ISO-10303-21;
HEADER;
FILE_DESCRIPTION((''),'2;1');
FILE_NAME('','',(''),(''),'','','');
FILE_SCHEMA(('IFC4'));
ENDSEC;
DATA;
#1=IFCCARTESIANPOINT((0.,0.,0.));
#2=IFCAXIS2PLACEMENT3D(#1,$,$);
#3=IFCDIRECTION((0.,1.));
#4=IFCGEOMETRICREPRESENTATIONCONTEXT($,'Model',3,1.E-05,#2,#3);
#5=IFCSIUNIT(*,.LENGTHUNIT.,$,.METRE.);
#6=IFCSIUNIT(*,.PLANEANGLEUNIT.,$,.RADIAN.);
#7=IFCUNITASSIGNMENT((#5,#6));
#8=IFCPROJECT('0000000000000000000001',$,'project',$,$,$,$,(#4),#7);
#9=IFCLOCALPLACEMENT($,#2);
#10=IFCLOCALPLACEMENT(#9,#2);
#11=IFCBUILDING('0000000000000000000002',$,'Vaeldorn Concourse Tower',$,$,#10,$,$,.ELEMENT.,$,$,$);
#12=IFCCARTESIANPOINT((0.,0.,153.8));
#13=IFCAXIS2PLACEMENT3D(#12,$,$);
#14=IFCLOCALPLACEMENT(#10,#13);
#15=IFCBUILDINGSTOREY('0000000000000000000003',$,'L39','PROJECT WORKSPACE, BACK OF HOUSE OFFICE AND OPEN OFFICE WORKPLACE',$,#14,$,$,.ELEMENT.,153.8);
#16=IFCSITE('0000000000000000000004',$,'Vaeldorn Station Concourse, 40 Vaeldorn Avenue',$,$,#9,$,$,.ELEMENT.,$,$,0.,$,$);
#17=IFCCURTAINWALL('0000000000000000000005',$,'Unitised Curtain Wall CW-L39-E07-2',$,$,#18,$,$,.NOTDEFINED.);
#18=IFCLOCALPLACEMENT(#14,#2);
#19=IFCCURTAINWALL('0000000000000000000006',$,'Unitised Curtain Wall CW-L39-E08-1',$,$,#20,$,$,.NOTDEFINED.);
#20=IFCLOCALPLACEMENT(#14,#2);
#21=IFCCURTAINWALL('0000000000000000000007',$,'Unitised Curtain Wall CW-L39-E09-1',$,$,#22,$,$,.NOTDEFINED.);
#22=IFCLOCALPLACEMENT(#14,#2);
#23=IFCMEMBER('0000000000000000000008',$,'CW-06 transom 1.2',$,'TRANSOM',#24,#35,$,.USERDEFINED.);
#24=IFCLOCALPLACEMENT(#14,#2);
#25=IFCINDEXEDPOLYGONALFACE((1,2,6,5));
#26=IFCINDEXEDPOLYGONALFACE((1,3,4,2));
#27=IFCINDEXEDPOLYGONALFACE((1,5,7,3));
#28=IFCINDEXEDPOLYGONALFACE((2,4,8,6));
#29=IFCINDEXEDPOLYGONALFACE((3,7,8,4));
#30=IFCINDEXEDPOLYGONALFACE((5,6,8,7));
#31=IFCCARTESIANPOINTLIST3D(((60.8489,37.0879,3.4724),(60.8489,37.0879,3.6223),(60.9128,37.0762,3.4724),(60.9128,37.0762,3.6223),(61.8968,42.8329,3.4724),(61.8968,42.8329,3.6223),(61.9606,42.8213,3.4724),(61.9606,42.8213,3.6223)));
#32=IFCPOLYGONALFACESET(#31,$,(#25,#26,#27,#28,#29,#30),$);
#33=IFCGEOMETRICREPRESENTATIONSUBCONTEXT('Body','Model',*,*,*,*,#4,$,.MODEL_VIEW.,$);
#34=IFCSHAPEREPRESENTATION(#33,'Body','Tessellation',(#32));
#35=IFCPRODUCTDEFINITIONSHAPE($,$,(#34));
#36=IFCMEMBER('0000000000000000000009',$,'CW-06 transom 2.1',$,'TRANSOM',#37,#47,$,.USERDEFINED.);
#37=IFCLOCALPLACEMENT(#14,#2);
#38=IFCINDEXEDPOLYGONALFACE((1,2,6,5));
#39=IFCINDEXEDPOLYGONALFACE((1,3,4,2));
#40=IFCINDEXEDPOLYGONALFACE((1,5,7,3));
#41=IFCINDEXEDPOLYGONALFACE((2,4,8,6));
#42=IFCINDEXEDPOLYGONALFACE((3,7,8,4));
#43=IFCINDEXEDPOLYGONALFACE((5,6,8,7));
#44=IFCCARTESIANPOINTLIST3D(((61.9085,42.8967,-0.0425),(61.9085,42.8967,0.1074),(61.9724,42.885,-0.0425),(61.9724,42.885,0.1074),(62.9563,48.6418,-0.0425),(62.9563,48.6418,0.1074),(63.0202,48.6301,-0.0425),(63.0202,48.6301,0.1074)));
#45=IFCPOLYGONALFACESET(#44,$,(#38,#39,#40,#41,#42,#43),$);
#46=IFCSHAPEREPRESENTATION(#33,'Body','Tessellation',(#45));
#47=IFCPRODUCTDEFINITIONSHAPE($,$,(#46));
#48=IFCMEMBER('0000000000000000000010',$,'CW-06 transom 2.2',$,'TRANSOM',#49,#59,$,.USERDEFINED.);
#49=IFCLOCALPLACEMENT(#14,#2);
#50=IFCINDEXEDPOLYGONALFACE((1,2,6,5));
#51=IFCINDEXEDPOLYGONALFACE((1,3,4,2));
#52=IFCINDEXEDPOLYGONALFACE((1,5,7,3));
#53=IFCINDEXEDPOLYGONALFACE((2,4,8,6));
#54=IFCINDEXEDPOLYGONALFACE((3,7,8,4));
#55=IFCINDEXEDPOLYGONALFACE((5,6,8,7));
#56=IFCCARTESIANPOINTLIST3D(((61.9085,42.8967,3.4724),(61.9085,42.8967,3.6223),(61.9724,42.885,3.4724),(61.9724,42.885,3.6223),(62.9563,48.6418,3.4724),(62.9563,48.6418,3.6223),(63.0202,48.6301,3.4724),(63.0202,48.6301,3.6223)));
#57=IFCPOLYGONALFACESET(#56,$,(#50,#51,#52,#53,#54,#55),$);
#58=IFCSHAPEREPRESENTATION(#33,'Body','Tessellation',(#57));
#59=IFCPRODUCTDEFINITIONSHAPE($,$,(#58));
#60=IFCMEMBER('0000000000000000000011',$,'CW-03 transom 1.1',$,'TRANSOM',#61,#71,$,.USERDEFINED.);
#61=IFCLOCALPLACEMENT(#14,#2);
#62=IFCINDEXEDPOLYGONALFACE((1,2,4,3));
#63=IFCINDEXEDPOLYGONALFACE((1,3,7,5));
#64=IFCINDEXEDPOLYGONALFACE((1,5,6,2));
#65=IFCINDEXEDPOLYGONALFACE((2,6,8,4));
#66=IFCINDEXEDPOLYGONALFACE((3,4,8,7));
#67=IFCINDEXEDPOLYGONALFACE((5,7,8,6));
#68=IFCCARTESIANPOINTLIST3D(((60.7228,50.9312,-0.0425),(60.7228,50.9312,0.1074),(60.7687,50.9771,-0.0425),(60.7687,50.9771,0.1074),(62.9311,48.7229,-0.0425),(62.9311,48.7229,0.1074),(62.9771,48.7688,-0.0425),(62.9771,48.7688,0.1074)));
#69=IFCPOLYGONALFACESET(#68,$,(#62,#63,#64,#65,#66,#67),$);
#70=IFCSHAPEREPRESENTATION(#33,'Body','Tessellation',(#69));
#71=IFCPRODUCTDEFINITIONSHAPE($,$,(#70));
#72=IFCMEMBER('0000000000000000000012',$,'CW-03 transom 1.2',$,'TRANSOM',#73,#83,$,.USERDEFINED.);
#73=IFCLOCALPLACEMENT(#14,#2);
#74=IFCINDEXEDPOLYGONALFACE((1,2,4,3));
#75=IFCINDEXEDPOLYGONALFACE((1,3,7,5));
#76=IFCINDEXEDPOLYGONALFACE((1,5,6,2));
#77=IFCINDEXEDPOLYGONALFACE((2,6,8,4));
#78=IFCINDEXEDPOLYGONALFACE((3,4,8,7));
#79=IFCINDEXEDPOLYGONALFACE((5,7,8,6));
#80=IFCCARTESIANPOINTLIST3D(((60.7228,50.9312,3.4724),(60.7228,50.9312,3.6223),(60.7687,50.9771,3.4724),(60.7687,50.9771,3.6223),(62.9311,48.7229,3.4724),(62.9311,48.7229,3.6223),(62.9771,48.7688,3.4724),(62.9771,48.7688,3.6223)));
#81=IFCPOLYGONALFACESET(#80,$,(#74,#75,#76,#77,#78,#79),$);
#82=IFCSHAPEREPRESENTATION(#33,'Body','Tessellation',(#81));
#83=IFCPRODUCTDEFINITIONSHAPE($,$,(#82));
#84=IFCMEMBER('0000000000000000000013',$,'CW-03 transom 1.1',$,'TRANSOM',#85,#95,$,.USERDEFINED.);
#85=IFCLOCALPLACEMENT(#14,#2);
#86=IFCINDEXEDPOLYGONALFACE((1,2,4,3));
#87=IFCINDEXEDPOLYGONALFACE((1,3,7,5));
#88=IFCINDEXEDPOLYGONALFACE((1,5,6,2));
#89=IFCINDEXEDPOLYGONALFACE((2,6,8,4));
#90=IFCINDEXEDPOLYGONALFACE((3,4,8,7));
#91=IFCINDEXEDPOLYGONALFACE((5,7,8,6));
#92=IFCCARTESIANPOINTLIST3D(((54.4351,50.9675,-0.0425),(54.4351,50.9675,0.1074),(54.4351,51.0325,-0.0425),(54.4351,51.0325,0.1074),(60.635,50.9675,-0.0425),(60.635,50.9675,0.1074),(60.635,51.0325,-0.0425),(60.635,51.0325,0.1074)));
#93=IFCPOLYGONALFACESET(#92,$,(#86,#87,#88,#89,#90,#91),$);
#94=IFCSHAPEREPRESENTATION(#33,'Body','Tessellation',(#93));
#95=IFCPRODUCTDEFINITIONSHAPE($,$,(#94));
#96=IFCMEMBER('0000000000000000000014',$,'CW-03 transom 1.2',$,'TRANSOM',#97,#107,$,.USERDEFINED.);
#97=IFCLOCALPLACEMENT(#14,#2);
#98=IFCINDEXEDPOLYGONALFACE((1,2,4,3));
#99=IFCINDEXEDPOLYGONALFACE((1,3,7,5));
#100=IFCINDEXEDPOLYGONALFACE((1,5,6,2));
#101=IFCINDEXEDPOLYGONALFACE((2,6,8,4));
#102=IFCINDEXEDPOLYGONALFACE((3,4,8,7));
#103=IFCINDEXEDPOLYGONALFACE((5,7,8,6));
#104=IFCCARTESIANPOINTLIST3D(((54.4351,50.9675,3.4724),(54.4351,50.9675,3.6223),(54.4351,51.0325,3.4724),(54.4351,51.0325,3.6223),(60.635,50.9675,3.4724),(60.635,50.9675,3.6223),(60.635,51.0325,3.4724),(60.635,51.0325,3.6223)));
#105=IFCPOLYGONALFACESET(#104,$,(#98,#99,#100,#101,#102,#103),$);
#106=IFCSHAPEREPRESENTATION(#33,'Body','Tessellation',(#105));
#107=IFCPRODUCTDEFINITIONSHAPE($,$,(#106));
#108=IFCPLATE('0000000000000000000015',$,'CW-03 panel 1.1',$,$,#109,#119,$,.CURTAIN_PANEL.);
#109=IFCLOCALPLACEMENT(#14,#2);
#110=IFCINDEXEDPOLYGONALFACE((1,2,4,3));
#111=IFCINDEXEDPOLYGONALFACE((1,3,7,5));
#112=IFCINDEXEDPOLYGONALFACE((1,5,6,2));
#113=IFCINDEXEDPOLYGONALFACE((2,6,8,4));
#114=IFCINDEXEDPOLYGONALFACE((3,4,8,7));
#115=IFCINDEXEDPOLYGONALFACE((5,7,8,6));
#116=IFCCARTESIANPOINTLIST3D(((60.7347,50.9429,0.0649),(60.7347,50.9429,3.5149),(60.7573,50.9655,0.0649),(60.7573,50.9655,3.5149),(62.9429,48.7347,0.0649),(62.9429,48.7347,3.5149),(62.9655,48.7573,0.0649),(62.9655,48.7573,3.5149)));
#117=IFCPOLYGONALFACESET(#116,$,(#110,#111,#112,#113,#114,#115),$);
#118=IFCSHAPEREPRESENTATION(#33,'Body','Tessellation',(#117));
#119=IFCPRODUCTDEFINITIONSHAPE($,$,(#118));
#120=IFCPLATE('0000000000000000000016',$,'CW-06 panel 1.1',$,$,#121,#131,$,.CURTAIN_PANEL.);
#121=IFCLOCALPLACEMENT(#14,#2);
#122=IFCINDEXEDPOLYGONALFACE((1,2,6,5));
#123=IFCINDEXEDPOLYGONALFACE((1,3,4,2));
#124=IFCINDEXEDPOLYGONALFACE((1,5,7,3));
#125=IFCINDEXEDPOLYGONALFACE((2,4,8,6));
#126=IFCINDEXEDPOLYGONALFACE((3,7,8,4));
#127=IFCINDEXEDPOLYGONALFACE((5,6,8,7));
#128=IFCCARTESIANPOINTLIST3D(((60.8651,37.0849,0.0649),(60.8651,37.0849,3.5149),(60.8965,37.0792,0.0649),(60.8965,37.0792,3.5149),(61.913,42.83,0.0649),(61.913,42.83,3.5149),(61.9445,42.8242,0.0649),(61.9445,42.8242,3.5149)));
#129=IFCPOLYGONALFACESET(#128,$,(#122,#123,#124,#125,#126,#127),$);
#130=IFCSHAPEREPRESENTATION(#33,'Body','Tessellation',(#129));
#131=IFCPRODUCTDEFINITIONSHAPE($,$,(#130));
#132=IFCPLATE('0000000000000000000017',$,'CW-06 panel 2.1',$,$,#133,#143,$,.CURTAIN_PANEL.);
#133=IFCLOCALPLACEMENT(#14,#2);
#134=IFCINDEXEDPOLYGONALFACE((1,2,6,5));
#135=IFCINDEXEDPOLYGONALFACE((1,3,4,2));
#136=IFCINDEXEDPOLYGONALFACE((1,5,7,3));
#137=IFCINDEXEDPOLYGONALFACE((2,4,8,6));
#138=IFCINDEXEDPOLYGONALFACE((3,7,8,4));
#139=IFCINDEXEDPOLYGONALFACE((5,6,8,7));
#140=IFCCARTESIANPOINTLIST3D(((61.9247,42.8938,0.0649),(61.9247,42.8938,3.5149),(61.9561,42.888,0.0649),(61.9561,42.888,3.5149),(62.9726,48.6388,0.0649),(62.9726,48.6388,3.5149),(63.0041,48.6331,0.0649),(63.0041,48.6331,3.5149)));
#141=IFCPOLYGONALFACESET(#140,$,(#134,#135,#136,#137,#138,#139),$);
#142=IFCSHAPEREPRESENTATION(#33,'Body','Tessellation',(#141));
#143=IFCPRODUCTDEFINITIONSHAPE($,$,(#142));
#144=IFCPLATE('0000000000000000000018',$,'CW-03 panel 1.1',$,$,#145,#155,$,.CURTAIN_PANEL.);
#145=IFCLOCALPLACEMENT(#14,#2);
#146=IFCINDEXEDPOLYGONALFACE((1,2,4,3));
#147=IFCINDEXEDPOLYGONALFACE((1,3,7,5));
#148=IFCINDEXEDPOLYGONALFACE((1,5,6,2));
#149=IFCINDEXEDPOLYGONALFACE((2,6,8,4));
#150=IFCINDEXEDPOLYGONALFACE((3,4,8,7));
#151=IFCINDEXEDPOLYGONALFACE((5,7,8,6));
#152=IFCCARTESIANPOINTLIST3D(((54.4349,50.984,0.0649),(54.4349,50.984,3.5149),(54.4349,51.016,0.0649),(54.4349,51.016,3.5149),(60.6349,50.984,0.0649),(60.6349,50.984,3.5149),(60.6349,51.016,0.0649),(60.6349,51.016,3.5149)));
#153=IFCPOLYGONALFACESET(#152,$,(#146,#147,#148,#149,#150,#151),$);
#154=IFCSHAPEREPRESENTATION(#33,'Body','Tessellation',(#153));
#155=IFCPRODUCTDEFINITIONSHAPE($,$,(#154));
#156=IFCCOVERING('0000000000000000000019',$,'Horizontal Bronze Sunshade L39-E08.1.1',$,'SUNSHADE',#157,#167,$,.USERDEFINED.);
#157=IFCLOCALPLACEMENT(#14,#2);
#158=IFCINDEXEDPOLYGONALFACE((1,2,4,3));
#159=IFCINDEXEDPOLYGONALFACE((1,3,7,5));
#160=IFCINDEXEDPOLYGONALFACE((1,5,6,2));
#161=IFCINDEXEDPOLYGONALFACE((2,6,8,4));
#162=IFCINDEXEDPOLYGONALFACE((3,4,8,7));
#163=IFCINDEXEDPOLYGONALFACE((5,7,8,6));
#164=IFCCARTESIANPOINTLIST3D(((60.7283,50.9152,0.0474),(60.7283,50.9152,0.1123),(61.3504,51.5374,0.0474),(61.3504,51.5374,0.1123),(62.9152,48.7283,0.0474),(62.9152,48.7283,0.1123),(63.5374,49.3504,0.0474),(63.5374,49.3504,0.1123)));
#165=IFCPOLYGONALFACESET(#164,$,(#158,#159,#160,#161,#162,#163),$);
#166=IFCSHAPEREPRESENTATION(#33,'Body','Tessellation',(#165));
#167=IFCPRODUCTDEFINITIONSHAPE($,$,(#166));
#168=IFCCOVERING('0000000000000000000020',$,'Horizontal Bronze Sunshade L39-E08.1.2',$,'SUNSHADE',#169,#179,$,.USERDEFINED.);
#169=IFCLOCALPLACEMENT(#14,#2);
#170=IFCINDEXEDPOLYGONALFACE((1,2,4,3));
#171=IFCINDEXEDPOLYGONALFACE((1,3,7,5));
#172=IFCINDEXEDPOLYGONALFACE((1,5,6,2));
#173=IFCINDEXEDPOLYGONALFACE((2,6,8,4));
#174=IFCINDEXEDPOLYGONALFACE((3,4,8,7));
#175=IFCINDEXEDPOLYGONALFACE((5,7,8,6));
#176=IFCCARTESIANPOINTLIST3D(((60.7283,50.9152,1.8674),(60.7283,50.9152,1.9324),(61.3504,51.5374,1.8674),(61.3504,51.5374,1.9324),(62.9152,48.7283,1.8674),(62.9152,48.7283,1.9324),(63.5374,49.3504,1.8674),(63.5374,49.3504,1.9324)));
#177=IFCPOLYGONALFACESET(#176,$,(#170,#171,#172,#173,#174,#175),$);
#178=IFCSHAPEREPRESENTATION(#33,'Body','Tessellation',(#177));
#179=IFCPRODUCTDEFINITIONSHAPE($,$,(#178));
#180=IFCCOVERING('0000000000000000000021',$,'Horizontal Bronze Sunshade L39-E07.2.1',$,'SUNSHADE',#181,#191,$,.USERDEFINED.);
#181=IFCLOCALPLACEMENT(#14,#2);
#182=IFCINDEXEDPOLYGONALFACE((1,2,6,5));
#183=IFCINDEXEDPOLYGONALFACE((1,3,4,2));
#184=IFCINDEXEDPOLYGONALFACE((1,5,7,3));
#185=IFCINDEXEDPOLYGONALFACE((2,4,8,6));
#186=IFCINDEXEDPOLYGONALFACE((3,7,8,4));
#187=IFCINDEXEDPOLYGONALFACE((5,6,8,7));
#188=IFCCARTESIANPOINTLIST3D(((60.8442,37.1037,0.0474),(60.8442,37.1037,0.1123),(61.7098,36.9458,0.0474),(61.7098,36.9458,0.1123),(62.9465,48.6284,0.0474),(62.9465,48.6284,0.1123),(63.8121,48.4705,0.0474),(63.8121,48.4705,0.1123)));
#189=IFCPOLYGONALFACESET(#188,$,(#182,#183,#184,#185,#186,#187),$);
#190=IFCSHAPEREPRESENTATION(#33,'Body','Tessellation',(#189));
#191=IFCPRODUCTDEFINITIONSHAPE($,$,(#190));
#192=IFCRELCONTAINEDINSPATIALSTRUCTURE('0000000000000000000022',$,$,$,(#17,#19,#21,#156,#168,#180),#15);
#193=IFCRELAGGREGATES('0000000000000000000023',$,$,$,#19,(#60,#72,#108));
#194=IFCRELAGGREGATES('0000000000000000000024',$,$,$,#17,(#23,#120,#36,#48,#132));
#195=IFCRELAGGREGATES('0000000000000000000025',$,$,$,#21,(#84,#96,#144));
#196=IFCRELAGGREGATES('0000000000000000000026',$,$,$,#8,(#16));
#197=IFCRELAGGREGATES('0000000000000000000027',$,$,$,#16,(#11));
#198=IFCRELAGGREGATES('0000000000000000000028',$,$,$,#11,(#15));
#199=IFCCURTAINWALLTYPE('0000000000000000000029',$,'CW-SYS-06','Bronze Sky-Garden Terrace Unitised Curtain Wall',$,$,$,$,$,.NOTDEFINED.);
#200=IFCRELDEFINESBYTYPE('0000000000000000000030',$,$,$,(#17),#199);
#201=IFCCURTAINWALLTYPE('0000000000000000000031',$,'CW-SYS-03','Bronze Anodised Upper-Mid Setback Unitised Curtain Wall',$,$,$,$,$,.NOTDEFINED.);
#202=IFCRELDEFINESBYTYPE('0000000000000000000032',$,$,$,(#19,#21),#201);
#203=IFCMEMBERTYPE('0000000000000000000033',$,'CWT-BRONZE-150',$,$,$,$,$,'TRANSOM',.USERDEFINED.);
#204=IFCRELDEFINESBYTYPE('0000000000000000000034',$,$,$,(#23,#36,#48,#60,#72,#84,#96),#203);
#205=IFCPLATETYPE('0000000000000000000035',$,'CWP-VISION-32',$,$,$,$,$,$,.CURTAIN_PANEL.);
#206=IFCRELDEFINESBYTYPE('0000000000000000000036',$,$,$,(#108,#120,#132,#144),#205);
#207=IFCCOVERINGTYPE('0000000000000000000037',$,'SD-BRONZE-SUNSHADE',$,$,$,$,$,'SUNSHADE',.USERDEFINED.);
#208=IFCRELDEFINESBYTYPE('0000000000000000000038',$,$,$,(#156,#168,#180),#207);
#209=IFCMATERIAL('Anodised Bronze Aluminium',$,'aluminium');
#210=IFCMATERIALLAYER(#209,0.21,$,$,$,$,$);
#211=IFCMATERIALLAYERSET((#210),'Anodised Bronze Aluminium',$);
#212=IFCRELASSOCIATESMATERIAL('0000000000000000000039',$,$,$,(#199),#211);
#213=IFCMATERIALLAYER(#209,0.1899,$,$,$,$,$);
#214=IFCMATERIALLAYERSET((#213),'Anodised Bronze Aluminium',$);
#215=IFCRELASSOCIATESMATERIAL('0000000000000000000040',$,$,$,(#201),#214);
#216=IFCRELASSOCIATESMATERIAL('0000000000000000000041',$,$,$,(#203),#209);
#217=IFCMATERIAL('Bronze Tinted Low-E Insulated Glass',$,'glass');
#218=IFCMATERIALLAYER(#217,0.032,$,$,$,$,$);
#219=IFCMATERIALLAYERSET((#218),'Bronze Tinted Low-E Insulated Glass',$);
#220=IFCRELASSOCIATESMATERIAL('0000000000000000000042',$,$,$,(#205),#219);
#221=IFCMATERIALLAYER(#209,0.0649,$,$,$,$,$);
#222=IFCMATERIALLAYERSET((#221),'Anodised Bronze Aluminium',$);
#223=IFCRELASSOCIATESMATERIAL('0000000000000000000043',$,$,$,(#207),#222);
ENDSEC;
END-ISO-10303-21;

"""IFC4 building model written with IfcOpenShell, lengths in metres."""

from ifc_helpers import new_model, si_unit, direction, frame, origin, origin_2d, place, context, subcontext, project, spatial, rectangle, extrude, source, transform, mapped, material, layer, layer_set, material_profile, profile_set, type_object, element, aggregate, save


model = new_model("IFC4")

# Units and contexts
model_context = context("Model", 3, precision=1e-05, world=origin(), true_north=direction((0.0, 1.0)))
body_context = subcontext(model_context, "Body", "Model", "MODEL_VIEW")
ifc_project = project(units=[si_unit("LENGTHUNIT", "METRE"), si_unit("PLANEANGLEUNIT", "RADIAN")], contexts=[model_context])

# Site, building, storey
site_placement = place(None, origin())
site = spatial("IfcSite", under=ifc_project, at=site_placement, Name="Vaeldorn Station Concourse, 40 Vaeldorn Avenue", CompositionType="ELEMENT", RefElevation=0.0)
building_placement = place(site_placement, origin())
building = spatial("IfcBuilding", under=site, at=building_placement, Name="Vaeldorn Concourse Tower", CompositionType="ELEMENT")
storey_placement = place(building_placement, frame((0.0, 0.0, 153.8)))
storey = spatial("IfcBuildingStorey", under=building, at=storey_placement, Name="L39", Description="PROJECT WORKSPACE, BACK OF HOUSE OFFICE AND OPEN OFFICE WORKPLACE", CompositionType="ELEMENT", Elevation=153.8)

# Curtain walls
ifc_material_1 = material(Name="Anodised Bronze Aluminium", Category="aluminium")
ifc_layer_1 = layer(ifc_material_1, 0.21)
ifc_layer_set_1 = layer_set([ifc_layer_1], Name="Anodised Bronze Aluminium")
curtain_wall_type_1 = type_object("IfcCurtainWallType", Name="CW-SYS-06", Description="Bronze Sky-Garden Terrace Unitised Curtain Wall", PredefinedType="NOTDEFINED", material=ifc_layer_set_1)
curtain_wall_1_placement = place(storey_placement, origin())
curtain_wall_1 = element("IfcCurtainWall", 1, at=curtain_wall_1_placement, inside=storey, type_object=curtain_wall_type_1, Name="Unitised Curtain Wall CW-L39-E07-2", PredefinedType="NOTDEFINED")
ifc_layer_2 = layer(ifc_material_1, 0.1899)
ifc_layer_set_2 = layer_set([ifc_layer_2], Name="Anodised Bronze Aluminium")
curtain_wall_type_2 = type_object("IfcCurtainWallType", Name="CW-SYS-03", Description="Bronze Anodised Upper-Mid Setback Unitised Curtain Wall", PredefinedType="NOTDEFINED", material=ifc_layer_set_2)
curtain_wall_2_placement = place(storey_placement, origin())
curtain_wall_2 = element("IfcCurtainWall", 2, at=curtain_wall_2_placement, inside=storey, type_object=curtain_wall_type_2, Name="Unitised Curtain Wall CW-L39-E08-1", PredefinedType="NOTDEFINED")

# Curtain wall
curtain_wall_3_placement = place(storey_placement, origin())
curtain_wall_3 = element("IfcCurtainWall", 3, at=curtain_wall_3_placement, inside=storey, type_object=curtain_wall_type_2, Name="Unitised Curtain Wall CW-L39-E09-1", PredefinedType="NOTDEFINED")

# Members
ifc_material_profile_1 = material_profile(ifc_material_1, rectangle(XDim=0.0649, YDim=0.1499, at=origin_2d()), Name="CWT 65x150")
ifc_profile_set_1 = profile_set([ifc_material_profile_1], Name="Anodised Bronze Aluminium")
member_type_1 = type_object("IfcMemberType", Name="CWT-BRONZE-150", ElementType="TRANSOM", PredefinedType="USERDEFINED", material=ifc_profile_set_1)
shared_shape_1 = source(origin(), body_context, "Body", "SweptSolid", [
    extrude(rectangle(XDim=0.0649, YDim=0.1499, at=origin_2d()), origin(), (0.0, 0.0, 1.0), 5.8398),
])
member_1_placement = place(storey_placement, frame((60.8809, 37.082, 3.5474), z_axis=(0.17943, 0.983771, 0.0), x_axis=(-0.983771, 0.17943, 0.0)))
member_1 = element("IfcMember", 4, at=member_1_placement, type_object=member_type_1, Name="CW-06 transom 1.2", ObjectType="TRANSOM", PredefinedType="USERDEFINED", context=body_context, shape_type="MappedRepresentation", body=[
    mapped(shared_shape_1, transform((0.0, 0.0, 0.0), scale=1.0)),
])
member_2_placement = place(storey_placement, frame((61.9404, 42.8909, 0.0325), z_axis=(0.17943, 0.983771, 0.0), x_axis=(-0.983771, 0.17943, 0.0)))
member_2 = element("IfcMember", 5, at=member_2_placement, type_object=member_type_1, Name="CW-06 transom 2.1", ObjectType="TRANSOM", PredefinedType="USERDEFINED", context=body_context, shape_type="MappedRepresentation", body=[
    mapped(shared_shape_1, transform((0.0, 0.0, 0.0), scale=1.0)),
])
member_3_placement = place(storey_placement, frame((61.9404, 42.8909, 3.5474), z_axis=(0.17943, 0.983771, 0.0), x_axis=(-0.983771, 0.17943, 0.0)))
member_3 = element("IfcMember", 6, at=member_3_placement, type_object=member_type_1, Name="CW-06 transom 2.2", ObjectType="TRANSOM", PredefinedType="USERDEFINED", context=body_context, shape_type="MappedRepresentation", body=[
    mapped(shared_shape_1, transform((0.0, 0.0, 0.0), scale=1.0)),
])
shared_shape_2 = source(origin(), body_context, "Body", "SweptSolid", [
    extrude(rectangle(XDim=0.0649, YDim=0.1499, at=origin_2d()), origin(), (0.0, 0.0, 1.0), 3.123),
])
member_4_placement = place(storey_placement, frame((62.9541, 48.7458, 0.0325), z_axis=(-0.707107, 0.707107, 0.0), x_axis=(-0.707107, -0.707107, 0.0)))
member_4 = element("IfcMember", 7, at=member_4_placement, type_object=member_type_1, Name="CW-03 transom 1.1", ObjectType="TRANSOM", PredefinedType="USERDEFINED", context=body_context, shape_type="MappedRepresentation", body=[
    mapped(shared_shape_2, transform((0.0, 0.0, 0.0), scale=1.0)),
])
member_5_placement = place(storey_placement, frame((62.9541, 48.7458, 3.5474), z_axis=(-0.707107, 0.707107, 0.0), x_axis=(-0.707107, -0.707107, 0.0)))
member_5 = element("IfcMember", 8, at=member_5_placement, type_object=member_type_1, Name="CW-03 transom 1.2", ObjectType="TRANSOM", PredefinedType="USERDEFINED", context=body_context, shape_type="MappedRepresentation", body=[
    mapped(shared_shape_2, transform((0.0, 0.0, 0.0), scale=1.0)),
])
shared_shape_3 = source(origin(), body_context, "Body", "SweptSolid", [
    extrude(rectangle(XDim=0.0649, YDim=0.1499, at=origin_2d()), origin(), (0.0, 0.0, 1.0), 6.2),
])
member_6_placement = place(storey_placement, frame((60.635, 51.0, 0.0325), z_axis=(-1.0, 0.0, 0.0), x_axis=(0.0, -1.0, 0.0)))
member_6 = element("IfcMember", 9, at=member_6_placement, type_object=member_type_1, Name="CW-03 transom 1.1", ObjectType="TRANSOM", PredefinedType="USERDEFINED", context=body_context, shape_type="MappedRepresentation", body=[
    mapped(shared_shape_3, transform((0.0, 0.0, 0.0), scale=1.0)),
])
member_7_placement = place(storey_placement, frame((60.635, 51.0, 3.5474), z_axis=(-1.0, 0.0, 0.0), x_axis=(0.0, -1.0, 0.0)))
member_7 = element("IfcMember", 10, at=member_7_placement, type_object=member_type_1, Name="CW-03 transom 1.2", ObjectType="TRANSOM", PredefinedType="USERDEFINED", context=body_context, shape_type="MappedRepresentation", body=[
    mapped(shared_shape_3, transform((0.0, 0.0, 0.0), scale=1.0)),
])

# Plates
ifc_material_2 = material(Name="Bronze Tinted Low-E Insulated Glass", Category="glass")
ifc_layer_3 = layer(ifc_material_2, 0.032)
ifc_layer_set_3 = layer_set([ifc_layer_3], Name="Bronze Tinted Low-E Insulated Glass")
plate_type = type_object("IfcPlateType", Name="CWP-VISION-32", PredefinedType="CURTAIN_PANEL", material=ifc_layer_set_3)
shared_shape_4 = source(origin(), body_context, "Body", "SweptSolid", [
    extrude(rectangle(XDim=3.1228, YDim=0.032, at=origin_2d()), origin(), (0.0, 0.0, 1.0), 3.45),
])
plate_1_placement = place(storey_placement, frame((61.8501, 49.8501, 0.0649), z_axis=(0.0, 0.0, 1.0), x_axis=(-0.707107, 0.707107, 0.0)))
plate_1 = element("IfcPlate", 11, at=plate_1_placement, type_object=plate_type, Name="CW-03 panel 1.1", PredefinedType="CURTAIN_PANEL", context=body_context, shape_type="MappedRepresentation", body=[
    mapped(shared_shape_4, transform((0.0, 0.0, 0.0), scale=1.0)),
])
aggregate(curtain_wall_2, [member_4, member_5, plate_1])
shared_shape_5 = source(origin(), body_context, "Body", "SweptSolid", [
    extrude(rectangle(XDim=5.8398, YDim=0.032, at=origin_2d()), origin(), (0.0, 0.0, 1.0), 3.45),
])
plate_2_placement = place(storey_placement, frame((61.4048, 39.9546, 0.0649), z_axis=(0.0, 0.0, 1.0), x_axis=(0.179448, 0.983767, 0.0)))
plate_2 = element("IfcPlate", 12, at=plate_2_placement, type_object=plate_type, Name="CW-06 panel 1.1", PredefinedType="CURTAIN_PANEL", context=body_context, shape_type="MappedRepresentation", body=[
    mapped(shared_shape_5, transform((0.0, 0.0, 0.0), scale=1.0)),
])
plate_3_placement = place(storey_placement, frame((62.4644, 45.7634, 0.0649), z_axis=(0.0, 0.0, 1.0), x_axis=(0.179448, 0.983767, 0.0)))
plate_3 = element("IfcPlate", 13, at=plate_3_placement, type_object=plate_type, Name="CW-06 panel 2.1", PredefinedType="CURTAIN_PANEL", context=body_context, shape_type="MappedRepresentation", body=[
    mapped(shared_shape_5, transform((0.0, 0.0, 0.0), scale=1.0)),
])
aggregate(curtain_wall_1, [member_1, plate_2, member_2, member_3, plate_3])
shared_shape_6 = source(origin(), body_context, "Body", "SweptSolid", [
    extrude(rectangle(XDim=6.2, YDim=0.032, at=origin_2d()), origin(), (0.0, 0.0, 1.0), 3.45),
])
plate_4_placement = place(storey_placement, frame((57.5349, 51.0, 0.0649), z_axis=(0.0, 0.0, 1.0), x_axis=(-1.0, 0.0, 0.0)))
plate_4 = element("IfcPlate", 14, at=plate_4_placement, type_object=plate_type, Name="CW-03 panel 1.1", PredefinedType="CURTAIN_PANEL", context=body_context, shape_type="MappedRepresentation", body=[
    mapped(shared_shape_6, transform((0.0, 0.0, 0.0), scale=1.0)),
])
aggregate(curtain_wall_3, [member_6, member_7, plate_4])

# Coverings
ifc_layer_4 = layer(ifc_material_1, 0.0649)
ifc_layer_set_4 = layer_set([ifc_layer_4], Name="Anodised Bronze Aluminium")
covering_type = type_object("IfcCoveringType", Name="SD-BRONZE-SUNSHADE", ElementType="SUNSHADE", PredefinedType="USERDEFINED", material=ifc_layer_set_4)
shared_shape_7 = source(origin(), body_context, "Body", "SweptSolid", [
    extrude(rectangle(XDim=3.0928, YDim=0.8799, at=origin_2d()), origin(), (0.0, 0.0, 1.0), 0.0649),
])
for number, where, z_axis, x_axis, name in (
    (15, (62.1328, 50.1328, 0.0474), (0.0, 0.0, 1.0), (-0.707107, 0.707107, 0.0), "Horizontal Bronze Sunshade L39-E08.1.1"),
    (16, (62.1328, 50.1328, 1.8674), (0.0, 0.0, 1.0), (-0.707107, 0.707107, 0.0), "Horizontal Bronze Sunshade L39-E08.1.2"),
):
    element("IfcCovering", number, at=place(storey_placement, frame(where, z_axis=z_axis, x_axis=x_axis)), inside=storey, type_object=covering_type, Name=name, ObjectType="SUNSHADE", PredefinedType="USERDEFINED", context=body_context, shape_type="MappedRepresentation", body=[
        mapped(shared_shape_7, transform((0.0, 0.0, 0.0), scale=1.0)),
    ])
shared_shape_8 = source(origin(), body_context, "Body", "SweptSolid", [
    extrude(rectangle(XDim=11.7148, YDim=0.8799, at=origin_2d()), origin(), (0.0, 0.0, 1.0), 0.0649),
])
for number, where, z_axis, x_axis, name in (
    (17, (62.3281, 42.7871, 0.0474), (0.0, 0.0, 1.0), (0.179455, 0.983766, 0.0), "Horizontal Bronze Sunshade L39-E07.2.1"),
):
    element("IfcCovering", number, at=place(storey_placement, frame(where, z_axis=z_axis, x_axis=x_axis)), inside=storey, type_object=covering_type, Name=name, ObjectType="SUNSHADE", PredefinedType="USERDEFINED", context=body_context, shape_type="MappedRepresentation", body=[
        mapped(shared_shape_8, transform((0.0, 0.0, 0.0), scale=1.0)),
    ])

save(model, "model.ifc")
